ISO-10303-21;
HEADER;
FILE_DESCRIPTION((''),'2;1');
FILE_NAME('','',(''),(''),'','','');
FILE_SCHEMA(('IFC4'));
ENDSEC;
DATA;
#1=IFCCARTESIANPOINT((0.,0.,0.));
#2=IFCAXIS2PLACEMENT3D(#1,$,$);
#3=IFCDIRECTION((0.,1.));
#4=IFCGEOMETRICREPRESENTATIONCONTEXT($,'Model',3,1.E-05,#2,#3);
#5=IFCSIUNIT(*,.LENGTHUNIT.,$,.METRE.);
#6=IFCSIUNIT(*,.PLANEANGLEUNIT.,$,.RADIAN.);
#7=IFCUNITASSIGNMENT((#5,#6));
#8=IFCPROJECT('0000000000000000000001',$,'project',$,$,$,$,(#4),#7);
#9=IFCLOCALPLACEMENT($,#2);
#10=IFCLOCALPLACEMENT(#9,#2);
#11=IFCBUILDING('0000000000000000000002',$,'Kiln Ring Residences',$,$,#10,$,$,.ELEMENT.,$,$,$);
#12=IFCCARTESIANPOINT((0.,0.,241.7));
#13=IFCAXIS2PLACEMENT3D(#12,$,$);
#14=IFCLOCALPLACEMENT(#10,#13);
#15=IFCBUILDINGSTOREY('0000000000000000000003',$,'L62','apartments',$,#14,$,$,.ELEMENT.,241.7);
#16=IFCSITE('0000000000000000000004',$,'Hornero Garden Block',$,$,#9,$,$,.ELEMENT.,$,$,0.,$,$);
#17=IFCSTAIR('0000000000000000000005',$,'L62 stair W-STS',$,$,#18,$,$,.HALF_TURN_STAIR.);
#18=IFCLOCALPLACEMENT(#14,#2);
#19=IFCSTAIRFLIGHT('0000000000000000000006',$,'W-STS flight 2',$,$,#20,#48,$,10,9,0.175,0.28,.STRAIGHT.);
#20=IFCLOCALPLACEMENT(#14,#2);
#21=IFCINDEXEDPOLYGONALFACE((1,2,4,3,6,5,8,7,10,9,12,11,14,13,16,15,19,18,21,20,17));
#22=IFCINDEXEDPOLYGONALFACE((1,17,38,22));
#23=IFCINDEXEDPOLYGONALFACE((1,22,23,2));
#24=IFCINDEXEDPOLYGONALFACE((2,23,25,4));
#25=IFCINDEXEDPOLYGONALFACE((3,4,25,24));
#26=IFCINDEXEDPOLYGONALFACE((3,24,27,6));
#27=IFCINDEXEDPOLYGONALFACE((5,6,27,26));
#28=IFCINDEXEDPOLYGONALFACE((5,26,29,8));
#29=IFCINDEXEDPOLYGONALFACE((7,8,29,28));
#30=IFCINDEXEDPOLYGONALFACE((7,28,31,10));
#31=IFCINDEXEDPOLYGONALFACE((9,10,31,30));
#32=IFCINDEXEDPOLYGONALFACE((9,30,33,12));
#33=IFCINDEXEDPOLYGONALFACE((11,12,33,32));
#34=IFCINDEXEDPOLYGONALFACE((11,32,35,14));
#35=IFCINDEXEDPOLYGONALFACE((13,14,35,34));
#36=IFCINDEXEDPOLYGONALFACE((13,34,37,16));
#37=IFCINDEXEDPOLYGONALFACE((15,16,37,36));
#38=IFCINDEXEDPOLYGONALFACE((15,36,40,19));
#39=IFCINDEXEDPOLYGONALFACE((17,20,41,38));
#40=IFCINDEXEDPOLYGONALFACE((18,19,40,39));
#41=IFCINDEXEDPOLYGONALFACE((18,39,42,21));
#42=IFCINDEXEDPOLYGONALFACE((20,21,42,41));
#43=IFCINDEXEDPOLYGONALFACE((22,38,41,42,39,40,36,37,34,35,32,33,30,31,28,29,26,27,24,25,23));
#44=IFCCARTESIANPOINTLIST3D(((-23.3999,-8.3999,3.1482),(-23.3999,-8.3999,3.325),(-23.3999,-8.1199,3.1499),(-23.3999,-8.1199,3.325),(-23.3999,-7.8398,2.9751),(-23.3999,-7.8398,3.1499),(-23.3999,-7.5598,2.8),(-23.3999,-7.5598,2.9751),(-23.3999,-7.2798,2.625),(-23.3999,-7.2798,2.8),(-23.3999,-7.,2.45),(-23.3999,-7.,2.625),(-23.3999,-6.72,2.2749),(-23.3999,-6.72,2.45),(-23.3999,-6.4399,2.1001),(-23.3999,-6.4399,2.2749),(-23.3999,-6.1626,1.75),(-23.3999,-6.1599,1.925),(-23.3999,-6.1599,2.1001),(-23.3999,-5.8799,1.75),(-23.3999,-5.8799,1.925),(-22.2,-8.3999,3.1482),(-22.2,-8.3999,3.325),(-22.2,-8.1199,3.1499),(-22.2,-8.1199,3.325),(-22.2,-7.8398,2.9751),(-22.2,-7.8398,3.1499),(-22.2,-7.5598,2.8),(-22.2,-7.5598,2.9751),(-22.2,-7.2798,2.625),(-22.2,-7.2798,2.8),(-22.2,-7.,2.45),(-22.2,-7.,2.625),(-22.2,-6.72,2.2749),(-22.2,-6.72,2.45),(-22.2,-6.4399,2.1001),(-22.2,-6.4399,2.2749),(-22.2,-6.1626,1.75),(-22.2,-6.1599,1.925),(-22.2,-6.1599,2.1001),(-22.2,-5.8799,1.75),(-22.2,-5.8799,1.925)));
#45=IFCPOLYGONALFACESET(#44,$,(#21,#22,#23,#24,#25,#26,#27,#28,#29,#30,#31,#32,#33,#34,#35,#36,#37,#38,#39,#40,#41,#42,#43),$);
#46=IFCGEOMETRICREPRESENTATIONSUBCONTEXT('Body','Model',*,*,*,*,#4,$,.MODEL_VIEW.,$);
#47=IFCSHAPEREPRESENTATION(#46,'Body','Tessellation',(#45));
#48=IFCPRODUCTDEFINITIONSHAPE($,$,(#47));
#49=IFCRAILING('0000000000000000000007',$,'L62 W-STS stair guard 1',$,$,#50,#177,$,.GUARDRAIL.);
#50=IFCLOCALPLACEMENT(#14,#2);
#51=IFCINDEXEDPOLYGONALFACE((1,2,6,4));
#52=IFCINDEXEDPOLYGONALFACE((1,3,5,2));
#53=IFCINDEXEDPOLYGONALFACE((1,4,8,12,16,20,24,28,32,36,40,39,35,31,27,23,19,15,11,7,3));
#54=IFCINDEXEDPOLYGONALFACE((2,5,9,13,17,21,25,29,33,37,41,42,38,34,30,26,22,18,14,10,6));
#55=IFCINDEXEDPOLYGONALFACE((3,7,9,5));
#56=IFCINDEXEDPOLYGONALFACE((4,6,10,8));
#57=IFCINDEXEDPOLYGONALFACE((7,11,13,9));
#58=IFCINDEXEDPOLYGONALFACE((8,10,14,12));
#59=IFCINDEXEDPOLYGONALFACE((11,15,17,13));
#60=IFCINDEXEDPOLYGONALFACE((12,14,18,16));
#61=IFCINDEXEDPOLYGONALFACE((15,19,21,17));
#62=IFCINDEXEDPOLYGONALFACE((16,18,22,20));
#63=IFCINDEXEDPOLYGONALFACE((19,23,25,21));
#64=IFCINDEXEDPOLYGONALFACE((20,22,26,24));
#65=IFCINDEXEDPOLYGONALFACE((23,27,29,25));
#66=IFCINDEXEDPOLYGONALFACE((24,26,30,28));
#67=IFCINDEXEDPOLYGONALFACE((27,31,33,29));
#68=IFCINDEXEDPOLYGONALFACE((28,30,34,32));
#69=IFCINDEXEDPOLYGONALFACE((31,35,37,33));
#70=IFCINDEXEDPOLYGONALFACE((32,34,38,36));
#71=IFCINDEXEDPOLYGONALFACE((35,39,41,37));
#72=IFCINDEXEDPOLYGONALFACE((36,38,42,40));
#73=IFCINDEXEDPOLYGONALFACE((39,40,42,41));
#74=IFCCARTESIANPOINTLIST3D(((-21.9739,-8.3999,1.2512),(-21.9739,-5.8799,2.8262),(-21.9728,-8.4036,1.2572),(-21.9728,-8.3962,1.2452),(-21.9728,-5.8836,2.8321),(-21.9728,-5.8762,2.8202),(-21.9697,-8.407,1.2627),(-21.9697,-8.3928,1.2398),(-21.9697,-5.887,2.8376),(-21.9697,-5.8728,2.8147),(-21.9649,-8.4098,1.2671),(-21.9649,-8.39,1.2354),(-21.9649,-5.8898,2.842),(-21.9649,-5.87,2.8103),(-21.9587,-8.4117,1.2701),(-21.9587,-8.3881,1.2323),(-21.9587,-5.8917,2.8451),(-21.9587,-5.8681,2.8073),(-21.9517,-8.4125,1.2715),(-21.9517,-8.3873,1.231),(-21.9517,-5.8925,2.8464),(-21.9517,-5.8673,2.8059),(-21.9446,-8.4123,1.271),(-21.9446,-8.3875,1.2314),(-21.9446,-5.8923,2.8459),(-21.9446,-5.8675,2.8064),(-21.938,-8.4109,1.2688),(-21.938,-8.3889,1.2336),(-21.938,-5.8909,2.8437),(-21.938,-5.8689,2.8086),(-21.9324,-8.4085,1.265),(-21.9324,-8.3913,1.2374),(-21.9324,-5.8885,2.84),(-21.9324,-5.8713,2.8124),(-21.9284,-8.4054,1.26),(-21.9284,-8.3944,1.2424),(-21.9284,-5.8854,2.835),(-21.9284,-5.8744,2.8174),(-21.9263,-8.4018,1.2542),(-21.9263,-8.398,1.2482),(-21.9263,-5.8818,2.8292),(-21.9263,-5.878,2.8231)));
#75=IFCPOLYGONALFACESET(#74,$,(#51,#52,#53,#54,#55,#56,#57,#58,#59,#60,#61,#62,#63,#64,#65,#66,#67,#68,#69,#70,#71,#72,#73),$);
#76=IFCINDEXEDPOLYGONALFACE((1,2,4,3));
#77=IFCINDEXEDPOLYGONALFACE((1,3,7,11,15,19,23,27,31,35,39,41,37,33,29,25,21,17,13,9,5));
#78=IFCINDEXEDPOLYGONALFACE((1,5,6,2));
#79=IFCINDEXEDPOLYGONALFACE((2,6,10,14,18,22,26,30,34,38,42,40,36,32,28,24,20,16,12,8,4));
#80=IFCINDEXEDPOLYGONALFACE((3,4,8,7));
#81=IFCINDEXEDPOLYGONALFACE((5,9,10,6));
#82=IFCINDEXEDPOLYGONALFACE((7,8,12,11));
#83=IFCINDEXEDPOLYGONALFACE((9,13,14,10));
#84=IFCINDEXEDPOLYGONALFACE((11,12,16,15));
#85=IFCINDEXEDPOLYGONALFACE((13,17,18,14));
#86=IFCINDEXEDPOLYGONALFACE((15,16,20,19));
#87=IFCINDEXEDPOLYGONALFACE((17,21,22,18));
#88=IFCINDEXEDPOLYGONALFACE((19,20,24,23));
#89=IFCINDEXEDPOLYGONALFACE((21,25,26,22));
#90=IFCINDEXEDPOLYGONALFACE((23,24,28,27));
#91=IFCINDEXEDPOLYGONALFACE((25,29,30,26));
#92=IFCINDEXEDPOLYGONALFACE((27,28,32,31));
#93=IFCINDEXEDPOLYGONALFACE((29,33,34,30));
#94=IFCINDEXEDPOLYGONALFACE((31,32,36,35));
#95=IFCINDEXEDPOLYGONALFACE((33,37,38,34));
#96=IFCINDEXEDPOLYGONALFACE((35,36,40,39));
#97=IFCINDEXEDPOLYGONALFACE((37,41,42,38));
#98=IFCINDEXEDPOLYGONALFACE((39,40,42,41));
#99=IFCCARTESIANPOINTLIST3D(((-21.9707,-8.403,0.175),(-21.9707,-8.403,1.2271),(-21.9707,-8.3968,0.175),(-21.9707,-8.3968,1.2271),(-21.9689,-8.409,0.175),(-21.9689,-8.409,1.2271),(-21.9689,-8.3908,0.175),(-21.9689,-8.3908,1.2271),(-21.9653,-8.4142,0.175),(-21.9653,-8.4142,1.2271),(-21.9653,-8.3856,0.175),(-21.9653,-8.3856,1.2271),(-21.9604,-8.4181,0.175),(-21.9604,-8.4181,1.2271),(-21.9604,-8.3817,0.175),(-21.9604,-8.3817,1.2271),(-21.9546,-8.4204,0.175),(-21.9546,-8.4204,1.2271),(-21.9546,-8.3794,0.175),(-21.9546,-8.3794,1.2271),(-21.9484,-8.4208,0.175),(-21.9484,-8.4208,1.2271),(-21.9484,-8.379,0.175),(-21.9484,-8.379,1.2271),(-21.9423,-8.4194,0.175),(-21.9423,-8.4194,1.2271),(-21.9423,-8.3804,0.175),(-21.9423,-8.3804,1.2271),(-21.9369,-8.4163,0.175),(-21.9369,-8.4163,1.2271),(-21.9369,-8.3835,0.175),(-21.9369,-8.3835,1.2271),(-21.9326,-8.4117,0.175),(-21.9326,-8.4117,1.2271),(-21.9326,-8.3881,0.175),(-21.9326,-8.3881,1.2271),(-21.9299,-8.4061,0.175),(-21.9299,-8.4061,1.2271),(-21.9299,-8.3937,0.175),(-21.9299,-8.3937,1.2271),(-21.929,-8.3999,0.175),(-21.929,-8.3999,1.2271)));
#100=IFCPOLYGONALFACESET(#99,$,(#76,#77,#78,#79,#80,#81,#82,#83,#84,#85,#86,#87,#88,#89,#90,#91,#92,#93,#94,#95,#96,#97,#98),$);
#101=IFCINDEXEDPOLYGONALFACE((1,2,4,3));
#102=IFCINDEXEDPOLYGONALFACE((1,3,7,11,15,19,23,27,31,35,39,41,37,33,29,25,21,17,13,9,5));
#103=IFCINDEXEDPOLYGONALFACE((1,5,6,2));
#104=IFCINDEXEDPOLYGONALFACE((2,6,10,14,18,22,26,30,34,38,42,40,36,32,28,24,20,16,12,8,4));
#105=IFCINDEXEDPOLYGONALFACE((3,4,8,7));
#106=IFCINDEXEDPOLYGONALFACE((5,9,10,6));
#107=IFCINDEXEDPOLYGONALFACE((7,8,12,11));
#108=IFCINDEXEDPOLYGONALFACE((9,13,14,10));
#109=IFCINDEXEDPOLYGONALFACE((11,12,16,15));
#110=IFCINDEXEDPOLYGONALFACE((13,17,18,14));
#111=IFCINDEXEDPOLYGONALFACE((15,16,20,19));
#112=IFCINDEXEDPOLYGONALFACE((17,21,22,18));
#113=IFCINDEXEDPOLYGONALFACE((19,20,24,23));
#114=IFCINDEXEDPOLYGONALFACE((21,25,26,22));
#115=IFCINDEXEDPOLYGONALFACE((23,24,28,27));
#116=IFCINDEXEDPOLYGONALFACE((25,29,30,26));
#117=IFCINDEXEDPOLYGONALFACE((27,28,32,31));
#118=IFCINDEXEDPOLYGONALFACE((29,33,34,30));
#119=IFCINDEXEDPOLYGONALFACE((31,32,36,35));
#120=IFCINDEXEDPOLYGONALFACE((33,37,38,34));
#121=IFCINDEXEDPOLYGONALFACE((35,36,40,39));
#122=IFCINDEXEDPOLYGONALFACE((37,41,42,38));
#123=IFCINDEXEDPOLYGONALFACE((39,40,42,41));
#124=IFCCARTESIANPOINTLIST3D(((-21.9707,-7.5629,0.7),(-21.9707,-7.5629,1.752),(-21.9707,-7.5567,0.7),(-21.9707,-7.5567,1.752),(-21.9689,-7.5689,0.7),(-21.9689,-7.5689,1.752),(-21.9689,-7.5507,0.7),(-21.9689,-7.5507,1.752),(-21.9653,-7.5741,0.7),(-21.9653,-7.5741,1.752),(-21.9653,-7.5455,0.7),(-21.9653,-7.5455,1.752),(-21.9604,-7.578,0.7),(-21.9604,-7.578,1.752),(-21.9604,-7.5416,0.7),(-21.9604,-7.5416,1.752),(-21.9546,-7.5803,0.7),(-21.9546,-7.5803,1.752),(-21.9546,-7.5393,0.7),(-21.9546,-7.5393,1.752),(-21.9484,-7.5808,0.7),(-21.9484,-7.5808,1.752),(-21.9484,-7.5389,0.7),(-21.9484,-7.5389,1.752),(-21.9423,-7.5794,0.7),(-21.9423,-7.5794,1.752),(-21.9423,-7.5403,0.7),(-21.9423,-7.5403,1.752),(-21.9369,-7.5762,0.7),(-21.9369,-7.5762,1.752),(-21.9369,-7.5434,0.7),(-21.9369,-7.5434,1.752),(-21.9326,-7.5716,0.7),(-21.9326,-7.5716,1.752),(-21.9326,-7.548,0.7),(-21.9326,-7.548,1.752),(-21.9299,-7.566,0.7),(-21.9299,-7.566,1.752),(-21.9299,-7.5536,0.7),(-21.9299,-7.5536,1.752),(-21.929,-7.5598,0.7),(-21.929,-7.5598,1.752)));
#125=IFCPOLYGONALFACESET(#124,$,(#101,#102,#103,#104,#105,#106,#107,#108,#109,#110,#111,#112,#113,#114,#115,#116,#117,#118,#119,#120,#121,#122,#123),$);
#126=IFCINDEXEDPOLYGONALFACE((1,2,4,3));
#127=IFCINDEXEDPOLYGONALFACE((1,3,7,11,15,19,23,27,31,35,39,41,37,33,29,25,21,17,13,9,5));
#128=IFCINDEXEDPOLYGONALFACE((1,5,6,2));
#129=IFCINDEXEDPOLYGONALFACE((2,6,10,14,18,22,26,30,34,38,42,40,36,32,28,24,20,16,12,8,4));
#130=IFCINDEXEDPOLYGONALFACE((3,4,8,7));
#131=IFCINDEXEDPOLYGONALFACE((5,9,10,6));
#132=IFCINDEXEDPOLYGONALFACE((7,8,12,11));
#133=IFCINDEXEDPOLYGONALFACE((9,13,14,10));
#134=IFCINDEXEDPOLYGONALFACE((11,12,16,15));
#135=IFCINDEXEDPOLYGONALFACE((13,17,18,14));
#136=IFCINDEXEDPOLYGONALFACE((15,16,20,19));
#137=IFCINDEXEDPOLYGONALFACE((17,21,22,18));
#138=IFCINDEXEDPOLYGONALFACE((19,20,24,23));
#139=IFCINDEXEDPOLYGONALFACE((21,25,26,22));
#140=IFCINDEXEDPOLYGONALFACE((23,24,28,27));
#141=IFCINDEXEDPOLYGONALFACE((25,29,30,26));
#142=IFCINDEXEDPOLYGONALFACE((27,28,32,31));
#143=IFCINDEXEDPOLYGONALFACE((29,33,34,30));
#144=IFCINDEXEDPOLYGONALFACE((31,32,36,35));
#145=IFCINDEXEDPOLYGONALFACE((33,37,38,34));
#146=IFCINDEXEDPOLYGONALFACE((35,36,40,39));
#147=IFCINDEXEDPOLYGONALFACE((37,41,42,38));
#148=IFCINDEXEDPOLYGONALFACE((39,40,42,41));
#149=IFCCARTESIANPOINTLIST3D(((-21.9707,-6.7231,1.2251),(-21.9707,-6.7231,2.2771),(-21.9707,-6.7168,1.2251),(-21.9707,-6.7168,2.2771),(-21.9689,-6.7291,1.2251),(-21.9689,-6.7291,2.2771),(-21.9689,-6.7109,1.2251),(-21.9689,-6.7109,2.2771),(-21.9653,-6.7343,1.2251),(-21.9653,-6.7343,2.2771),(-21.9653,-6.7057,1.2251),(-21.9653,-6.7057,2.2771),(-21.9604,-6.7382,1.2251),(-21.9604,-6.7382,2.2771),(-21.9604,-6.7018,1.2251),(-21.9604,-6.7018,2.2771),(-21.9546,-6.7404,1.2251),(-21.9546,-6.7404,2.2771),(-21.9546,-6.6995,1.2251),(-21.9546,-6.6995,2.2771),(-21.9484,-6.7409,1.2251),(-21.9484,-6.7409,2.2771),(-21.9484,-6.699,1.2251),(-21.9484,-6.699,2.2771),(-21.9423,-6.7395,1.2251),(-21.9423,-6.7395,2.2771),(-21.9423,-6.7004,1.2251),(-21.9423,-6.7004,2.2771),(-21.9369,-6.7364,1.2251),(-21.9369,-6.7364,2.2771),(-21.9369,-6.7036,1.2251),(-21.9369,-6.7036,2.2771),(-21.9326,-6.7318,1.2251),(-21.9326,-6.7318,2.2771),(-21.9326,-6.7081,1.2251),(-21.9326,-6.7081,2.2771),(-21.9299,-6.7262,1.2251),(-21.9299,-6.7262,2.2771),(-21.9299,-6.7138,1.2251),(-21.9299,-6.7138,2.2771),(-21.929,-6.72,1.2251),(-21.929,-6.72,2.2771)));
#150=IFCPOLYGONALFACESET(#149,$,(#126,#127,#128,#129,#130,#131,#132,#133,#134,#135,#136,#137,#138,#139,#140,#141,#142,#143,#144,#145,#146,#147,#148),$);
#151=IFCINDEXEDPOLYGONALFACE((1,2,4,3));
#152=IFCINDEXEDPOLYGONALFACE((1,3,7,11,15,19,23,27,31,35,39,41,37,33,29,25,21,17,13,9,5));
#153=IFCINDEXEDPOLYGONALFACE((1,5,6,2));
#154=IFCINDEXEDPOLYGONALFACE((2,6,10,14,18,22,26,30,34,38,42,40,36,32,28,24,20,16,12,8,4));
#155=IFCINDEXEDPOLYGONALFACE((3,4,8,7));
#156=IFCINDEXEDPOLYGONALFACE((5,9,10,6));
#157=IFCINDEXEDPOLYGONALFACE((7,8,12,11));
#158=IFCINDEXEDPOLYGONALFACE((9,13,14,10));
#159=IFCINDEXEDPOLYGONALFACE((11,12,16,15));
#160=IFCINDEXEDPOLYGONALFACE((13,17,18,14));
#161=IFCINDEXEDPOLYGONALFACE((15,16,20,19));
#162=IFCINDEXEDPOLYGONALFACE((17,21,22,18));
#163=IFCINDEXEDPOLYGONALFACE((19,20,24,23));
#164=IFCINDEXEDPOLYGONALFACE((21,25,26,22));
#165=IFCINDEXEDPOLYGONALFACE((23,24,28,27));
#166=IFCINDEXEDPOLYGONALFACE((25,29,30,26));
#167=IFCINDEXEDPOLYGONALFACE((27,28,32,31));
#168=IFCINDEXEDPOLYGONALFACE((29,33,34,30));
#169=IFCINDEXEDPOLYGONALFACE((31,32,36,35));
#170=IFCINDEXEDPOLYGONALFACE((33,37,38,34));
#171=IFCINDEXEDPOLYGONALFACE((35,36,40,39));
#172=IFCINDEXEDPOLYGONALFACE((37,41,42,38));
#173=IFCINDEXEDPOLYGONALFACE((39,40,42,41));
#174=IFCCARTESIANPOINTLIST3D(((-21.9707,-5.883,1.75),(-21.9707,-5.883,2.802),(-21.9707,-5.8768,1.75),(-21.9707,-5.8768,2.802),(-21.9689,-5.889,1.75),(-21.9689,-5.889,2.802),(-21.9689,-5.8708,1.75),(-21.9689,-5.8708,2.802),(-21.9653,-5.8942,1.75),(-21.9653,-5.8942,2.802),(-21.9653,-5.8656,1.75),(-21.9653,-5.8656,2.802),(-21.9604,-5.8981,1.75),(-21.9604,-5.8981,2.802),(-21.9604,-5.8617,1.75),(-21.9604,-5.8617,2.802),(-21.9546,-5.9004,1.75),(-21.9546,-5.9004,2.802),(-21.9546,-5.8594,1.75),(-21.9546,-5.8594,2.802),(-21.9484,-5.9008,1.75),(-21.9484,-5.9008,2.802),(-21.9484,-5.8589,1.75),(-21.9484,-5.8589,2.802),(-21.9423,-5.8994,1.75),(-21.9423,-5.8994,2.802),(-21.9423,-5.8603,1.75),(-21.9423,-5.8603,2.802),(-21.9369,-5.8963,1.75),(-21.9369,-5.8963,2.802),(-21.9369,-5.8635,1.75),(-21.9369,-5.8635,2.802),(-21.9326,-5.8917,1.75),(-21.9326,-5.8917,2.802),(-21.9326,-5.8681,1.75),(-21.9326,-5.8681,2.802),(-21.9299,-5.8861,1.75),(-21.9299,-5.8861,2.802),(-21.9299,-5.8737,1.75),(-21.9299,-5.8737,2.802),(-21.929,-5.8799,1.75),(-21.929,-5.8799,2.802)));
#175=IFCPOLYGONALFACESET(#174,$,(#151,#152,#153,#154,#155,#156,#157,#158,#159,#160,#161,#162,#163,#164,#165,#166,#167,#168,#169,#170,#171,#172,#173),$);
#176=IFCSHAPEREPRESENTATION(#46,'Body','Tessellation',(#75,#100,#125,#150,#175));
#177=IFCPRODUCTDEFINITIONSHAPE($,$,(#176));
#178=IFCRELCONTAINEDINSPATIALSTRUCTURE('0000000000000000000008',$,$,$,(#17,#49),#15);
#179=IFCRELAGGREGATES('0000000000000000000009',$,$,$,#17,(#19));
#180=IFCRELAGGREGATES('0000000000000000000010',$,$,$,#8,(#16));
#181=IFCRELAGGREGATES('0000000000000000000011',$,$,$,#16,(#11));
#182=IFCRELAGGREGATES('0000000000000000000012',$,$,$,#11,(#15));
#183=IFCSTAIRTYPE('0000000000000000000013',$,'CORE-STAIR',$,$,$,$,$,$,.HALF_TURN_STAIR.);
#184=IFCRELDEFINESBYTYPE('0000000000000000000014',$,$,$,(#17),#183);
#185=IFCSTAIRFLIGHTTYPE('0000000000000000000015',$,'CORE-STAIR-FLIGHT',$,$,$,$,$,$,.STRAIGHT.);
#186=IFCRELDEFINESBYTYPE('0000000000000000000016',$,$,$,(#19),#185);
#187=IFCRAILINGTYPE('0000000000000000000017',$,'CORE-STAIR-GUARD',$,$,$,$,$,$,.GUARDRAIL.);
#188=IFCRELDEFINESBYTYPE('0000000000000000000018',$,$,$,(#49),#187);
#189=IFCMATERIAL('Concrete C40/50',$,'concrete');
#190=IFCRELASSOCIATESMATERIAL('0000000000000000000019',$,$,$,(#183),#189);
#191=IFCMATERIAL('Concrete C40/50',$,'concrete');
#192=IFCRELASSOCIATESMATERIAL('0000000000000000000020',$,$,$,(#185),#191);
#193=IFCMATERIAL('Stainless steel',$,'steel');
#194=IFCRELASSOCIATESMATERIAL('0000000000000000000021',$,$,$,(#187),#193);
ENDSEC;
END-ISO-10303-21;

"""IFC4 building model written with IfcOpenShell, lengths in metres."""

from ifc_helpers import new_model, si_unit, direction, frame, origin, origin_2d, place, context, subcontext, project, spatial, polyline, circle, outline, extrude, material, type_object, element, aggregate, save


model = new_model("IFC4")

# Units and contexts
model_context = context("Model", 3, precision=1e-05, world=origin(), true_north=direction((0.0, 1.0)))
body_context = subcontext(model_context, "Body", "Model", "MODEL_VIEW")
ifc_project = project(units=[si_unit("LENGTHUNIT", "METRE"), si_unit("PLANEANGLEUNIT", "RADIAN")], contexts=[model_context])

# Site, building, storey
site_placement = place(None, origin())
site = spatial("IfcSite", under=ifc_project, at=site_placement, Name="Hornero Garden Block", CompositionType="ELEMENT", RefElevation=0.0)
building_placement = place(site_placement, origin())
building = spatial("IfcBuilding", under=site, at=building_placement, Name="Kiln Ring Residences", CompositionType="ELEMENT")
storey_placement = place(building_placement, frame((0.0, 0.0, 241.7)))
storey = spatial("IfcBuildingStorey", under=building, at=storey_placement, Name="L62", Description="apartments", CompositionType="ELEMENT", Elevation=241.7)

# Stair, stair flight
ifc_material_1 = material(Name="Concrete C40/50", Category="concrete")
stair_type = type_object("IfcStairType", Name="CORE-STAIR", PredefinedType="HALF_TURN_STAIR", material=ifc_material_1)
stair_placement = place(storey_placement, origin())
stair = element("IfcStair", 1, at=stair_placement, inside=storey, type_object=stair_type, Name="L62 stair W-STS", PredefinedType="HALF_TURN_STAIR")
ifc_material_2 = material(Name="Concrete C40/50", Category="concrete")
stair_flight_type = type_object("IfcStairFlightType", Name="CORE-STAIR-FLIGHT", PredefinedType="STRAIGHT", material=ifc_material_2)
stair_flight_1_placement = place(storey_placement, frame((-22.8, -5.8799, 1.75), z_axis=(0.0, 0.0, 1.0), x_axis=(0.0, -1.0, 0.0)))
stair_flight_1 = element("IfcStairFlight", 2, at=stair_flight_1_placement, type_object=stair_flight_type, Name="W-STS flight 2", NumberOfRisers=10, NumberOfTreads=9, PredefinedType="STRAIGHT", RiserHeight=0.175, TreadLength=0.28, context=body_context, shape_type="SweptSolid", body=[
    extrude(outline(polyline([(0.0, 0.0), (0.0, 0.175), (0.28, 0.175), (0.28, 0.3501), (0.5601, 0.3501), (0.5601, 0.5249), (0.8401, 0.5249), (0.8401, 0.7), (1.1201, 0.7), (1.1201, 0.875), (1.3999, 0.875), (1.3999, 1.05), (1.6799, 1.05), (1.6799, 1.2251), (1.96, 1.2251), (1.96, 1.3999), (2.24, 1.3999), (2.24, 1.575), (2.52, 1.575), (2.52, 1.75), (2.52, 1.3982), (0.2827, 0.0), (0.0, 0.0)])), frame((0.0, 0.6001, 0.0), z_axis=(0.0, -1.0, 0.0), x_axis=(1.0, 0.0, 0.0)), (0.0, 0.0, 1.0), 1.2),
])
aggregate(stair, [stair_flight_1])

# Railing
ifc_material_3 = material(Name="Stainless steel", Category="steel")
railing_type_1 = type_object("IfcRailingType", Name="CORE-STAIR-GUARD", PredefinedType="GUARDRAIL", material=ifc_material_3)
railing_1_placement = place(storey_placement, frame((-21.95, -8.3999, 0.175)))
element("IfcRailing", 3, at=railing_1_placement, inside=storey, type_object=railing_type_1, Name="L62 W-STS stair guard 1", PredefinedType="GUARDRAIL", context=body_context, shape_type="SweptSolid", body=[
    extrude(circle(Radius=0.0239, at=origin_2d()), frame((0.0, 0.0, 1.0762), z_axis=(0.0, 0.848008, 0.529984), x_axis=(-1.0, 0.0, 0.0)), (0.0, 0.0, 1.0), 2.9717),
    extrude(circle(Radius=0.021, at=origin_2d()), origin(), (0.0, 0.0, 1.0), 1.052),
    extrude(circle(Radius=0.021, at=origin_2d()), frame((0.0, 0.8401, 0.5249)), (0.0, 0.0, 1.0), 1.052),
    extrude(circle(Radius=0.021, at=origin_2d()), frame((0.0, 1.6799, 1.05)), (0.0, 0.0, 1.0), 1.052),
    extrude(circle(Radius=0.021, at=origin_2d()), frame((0.0, 2.52, 1.575)), (0.0, 0.0, 1.0), 1.052),
])

save(model, "model.ifc")
